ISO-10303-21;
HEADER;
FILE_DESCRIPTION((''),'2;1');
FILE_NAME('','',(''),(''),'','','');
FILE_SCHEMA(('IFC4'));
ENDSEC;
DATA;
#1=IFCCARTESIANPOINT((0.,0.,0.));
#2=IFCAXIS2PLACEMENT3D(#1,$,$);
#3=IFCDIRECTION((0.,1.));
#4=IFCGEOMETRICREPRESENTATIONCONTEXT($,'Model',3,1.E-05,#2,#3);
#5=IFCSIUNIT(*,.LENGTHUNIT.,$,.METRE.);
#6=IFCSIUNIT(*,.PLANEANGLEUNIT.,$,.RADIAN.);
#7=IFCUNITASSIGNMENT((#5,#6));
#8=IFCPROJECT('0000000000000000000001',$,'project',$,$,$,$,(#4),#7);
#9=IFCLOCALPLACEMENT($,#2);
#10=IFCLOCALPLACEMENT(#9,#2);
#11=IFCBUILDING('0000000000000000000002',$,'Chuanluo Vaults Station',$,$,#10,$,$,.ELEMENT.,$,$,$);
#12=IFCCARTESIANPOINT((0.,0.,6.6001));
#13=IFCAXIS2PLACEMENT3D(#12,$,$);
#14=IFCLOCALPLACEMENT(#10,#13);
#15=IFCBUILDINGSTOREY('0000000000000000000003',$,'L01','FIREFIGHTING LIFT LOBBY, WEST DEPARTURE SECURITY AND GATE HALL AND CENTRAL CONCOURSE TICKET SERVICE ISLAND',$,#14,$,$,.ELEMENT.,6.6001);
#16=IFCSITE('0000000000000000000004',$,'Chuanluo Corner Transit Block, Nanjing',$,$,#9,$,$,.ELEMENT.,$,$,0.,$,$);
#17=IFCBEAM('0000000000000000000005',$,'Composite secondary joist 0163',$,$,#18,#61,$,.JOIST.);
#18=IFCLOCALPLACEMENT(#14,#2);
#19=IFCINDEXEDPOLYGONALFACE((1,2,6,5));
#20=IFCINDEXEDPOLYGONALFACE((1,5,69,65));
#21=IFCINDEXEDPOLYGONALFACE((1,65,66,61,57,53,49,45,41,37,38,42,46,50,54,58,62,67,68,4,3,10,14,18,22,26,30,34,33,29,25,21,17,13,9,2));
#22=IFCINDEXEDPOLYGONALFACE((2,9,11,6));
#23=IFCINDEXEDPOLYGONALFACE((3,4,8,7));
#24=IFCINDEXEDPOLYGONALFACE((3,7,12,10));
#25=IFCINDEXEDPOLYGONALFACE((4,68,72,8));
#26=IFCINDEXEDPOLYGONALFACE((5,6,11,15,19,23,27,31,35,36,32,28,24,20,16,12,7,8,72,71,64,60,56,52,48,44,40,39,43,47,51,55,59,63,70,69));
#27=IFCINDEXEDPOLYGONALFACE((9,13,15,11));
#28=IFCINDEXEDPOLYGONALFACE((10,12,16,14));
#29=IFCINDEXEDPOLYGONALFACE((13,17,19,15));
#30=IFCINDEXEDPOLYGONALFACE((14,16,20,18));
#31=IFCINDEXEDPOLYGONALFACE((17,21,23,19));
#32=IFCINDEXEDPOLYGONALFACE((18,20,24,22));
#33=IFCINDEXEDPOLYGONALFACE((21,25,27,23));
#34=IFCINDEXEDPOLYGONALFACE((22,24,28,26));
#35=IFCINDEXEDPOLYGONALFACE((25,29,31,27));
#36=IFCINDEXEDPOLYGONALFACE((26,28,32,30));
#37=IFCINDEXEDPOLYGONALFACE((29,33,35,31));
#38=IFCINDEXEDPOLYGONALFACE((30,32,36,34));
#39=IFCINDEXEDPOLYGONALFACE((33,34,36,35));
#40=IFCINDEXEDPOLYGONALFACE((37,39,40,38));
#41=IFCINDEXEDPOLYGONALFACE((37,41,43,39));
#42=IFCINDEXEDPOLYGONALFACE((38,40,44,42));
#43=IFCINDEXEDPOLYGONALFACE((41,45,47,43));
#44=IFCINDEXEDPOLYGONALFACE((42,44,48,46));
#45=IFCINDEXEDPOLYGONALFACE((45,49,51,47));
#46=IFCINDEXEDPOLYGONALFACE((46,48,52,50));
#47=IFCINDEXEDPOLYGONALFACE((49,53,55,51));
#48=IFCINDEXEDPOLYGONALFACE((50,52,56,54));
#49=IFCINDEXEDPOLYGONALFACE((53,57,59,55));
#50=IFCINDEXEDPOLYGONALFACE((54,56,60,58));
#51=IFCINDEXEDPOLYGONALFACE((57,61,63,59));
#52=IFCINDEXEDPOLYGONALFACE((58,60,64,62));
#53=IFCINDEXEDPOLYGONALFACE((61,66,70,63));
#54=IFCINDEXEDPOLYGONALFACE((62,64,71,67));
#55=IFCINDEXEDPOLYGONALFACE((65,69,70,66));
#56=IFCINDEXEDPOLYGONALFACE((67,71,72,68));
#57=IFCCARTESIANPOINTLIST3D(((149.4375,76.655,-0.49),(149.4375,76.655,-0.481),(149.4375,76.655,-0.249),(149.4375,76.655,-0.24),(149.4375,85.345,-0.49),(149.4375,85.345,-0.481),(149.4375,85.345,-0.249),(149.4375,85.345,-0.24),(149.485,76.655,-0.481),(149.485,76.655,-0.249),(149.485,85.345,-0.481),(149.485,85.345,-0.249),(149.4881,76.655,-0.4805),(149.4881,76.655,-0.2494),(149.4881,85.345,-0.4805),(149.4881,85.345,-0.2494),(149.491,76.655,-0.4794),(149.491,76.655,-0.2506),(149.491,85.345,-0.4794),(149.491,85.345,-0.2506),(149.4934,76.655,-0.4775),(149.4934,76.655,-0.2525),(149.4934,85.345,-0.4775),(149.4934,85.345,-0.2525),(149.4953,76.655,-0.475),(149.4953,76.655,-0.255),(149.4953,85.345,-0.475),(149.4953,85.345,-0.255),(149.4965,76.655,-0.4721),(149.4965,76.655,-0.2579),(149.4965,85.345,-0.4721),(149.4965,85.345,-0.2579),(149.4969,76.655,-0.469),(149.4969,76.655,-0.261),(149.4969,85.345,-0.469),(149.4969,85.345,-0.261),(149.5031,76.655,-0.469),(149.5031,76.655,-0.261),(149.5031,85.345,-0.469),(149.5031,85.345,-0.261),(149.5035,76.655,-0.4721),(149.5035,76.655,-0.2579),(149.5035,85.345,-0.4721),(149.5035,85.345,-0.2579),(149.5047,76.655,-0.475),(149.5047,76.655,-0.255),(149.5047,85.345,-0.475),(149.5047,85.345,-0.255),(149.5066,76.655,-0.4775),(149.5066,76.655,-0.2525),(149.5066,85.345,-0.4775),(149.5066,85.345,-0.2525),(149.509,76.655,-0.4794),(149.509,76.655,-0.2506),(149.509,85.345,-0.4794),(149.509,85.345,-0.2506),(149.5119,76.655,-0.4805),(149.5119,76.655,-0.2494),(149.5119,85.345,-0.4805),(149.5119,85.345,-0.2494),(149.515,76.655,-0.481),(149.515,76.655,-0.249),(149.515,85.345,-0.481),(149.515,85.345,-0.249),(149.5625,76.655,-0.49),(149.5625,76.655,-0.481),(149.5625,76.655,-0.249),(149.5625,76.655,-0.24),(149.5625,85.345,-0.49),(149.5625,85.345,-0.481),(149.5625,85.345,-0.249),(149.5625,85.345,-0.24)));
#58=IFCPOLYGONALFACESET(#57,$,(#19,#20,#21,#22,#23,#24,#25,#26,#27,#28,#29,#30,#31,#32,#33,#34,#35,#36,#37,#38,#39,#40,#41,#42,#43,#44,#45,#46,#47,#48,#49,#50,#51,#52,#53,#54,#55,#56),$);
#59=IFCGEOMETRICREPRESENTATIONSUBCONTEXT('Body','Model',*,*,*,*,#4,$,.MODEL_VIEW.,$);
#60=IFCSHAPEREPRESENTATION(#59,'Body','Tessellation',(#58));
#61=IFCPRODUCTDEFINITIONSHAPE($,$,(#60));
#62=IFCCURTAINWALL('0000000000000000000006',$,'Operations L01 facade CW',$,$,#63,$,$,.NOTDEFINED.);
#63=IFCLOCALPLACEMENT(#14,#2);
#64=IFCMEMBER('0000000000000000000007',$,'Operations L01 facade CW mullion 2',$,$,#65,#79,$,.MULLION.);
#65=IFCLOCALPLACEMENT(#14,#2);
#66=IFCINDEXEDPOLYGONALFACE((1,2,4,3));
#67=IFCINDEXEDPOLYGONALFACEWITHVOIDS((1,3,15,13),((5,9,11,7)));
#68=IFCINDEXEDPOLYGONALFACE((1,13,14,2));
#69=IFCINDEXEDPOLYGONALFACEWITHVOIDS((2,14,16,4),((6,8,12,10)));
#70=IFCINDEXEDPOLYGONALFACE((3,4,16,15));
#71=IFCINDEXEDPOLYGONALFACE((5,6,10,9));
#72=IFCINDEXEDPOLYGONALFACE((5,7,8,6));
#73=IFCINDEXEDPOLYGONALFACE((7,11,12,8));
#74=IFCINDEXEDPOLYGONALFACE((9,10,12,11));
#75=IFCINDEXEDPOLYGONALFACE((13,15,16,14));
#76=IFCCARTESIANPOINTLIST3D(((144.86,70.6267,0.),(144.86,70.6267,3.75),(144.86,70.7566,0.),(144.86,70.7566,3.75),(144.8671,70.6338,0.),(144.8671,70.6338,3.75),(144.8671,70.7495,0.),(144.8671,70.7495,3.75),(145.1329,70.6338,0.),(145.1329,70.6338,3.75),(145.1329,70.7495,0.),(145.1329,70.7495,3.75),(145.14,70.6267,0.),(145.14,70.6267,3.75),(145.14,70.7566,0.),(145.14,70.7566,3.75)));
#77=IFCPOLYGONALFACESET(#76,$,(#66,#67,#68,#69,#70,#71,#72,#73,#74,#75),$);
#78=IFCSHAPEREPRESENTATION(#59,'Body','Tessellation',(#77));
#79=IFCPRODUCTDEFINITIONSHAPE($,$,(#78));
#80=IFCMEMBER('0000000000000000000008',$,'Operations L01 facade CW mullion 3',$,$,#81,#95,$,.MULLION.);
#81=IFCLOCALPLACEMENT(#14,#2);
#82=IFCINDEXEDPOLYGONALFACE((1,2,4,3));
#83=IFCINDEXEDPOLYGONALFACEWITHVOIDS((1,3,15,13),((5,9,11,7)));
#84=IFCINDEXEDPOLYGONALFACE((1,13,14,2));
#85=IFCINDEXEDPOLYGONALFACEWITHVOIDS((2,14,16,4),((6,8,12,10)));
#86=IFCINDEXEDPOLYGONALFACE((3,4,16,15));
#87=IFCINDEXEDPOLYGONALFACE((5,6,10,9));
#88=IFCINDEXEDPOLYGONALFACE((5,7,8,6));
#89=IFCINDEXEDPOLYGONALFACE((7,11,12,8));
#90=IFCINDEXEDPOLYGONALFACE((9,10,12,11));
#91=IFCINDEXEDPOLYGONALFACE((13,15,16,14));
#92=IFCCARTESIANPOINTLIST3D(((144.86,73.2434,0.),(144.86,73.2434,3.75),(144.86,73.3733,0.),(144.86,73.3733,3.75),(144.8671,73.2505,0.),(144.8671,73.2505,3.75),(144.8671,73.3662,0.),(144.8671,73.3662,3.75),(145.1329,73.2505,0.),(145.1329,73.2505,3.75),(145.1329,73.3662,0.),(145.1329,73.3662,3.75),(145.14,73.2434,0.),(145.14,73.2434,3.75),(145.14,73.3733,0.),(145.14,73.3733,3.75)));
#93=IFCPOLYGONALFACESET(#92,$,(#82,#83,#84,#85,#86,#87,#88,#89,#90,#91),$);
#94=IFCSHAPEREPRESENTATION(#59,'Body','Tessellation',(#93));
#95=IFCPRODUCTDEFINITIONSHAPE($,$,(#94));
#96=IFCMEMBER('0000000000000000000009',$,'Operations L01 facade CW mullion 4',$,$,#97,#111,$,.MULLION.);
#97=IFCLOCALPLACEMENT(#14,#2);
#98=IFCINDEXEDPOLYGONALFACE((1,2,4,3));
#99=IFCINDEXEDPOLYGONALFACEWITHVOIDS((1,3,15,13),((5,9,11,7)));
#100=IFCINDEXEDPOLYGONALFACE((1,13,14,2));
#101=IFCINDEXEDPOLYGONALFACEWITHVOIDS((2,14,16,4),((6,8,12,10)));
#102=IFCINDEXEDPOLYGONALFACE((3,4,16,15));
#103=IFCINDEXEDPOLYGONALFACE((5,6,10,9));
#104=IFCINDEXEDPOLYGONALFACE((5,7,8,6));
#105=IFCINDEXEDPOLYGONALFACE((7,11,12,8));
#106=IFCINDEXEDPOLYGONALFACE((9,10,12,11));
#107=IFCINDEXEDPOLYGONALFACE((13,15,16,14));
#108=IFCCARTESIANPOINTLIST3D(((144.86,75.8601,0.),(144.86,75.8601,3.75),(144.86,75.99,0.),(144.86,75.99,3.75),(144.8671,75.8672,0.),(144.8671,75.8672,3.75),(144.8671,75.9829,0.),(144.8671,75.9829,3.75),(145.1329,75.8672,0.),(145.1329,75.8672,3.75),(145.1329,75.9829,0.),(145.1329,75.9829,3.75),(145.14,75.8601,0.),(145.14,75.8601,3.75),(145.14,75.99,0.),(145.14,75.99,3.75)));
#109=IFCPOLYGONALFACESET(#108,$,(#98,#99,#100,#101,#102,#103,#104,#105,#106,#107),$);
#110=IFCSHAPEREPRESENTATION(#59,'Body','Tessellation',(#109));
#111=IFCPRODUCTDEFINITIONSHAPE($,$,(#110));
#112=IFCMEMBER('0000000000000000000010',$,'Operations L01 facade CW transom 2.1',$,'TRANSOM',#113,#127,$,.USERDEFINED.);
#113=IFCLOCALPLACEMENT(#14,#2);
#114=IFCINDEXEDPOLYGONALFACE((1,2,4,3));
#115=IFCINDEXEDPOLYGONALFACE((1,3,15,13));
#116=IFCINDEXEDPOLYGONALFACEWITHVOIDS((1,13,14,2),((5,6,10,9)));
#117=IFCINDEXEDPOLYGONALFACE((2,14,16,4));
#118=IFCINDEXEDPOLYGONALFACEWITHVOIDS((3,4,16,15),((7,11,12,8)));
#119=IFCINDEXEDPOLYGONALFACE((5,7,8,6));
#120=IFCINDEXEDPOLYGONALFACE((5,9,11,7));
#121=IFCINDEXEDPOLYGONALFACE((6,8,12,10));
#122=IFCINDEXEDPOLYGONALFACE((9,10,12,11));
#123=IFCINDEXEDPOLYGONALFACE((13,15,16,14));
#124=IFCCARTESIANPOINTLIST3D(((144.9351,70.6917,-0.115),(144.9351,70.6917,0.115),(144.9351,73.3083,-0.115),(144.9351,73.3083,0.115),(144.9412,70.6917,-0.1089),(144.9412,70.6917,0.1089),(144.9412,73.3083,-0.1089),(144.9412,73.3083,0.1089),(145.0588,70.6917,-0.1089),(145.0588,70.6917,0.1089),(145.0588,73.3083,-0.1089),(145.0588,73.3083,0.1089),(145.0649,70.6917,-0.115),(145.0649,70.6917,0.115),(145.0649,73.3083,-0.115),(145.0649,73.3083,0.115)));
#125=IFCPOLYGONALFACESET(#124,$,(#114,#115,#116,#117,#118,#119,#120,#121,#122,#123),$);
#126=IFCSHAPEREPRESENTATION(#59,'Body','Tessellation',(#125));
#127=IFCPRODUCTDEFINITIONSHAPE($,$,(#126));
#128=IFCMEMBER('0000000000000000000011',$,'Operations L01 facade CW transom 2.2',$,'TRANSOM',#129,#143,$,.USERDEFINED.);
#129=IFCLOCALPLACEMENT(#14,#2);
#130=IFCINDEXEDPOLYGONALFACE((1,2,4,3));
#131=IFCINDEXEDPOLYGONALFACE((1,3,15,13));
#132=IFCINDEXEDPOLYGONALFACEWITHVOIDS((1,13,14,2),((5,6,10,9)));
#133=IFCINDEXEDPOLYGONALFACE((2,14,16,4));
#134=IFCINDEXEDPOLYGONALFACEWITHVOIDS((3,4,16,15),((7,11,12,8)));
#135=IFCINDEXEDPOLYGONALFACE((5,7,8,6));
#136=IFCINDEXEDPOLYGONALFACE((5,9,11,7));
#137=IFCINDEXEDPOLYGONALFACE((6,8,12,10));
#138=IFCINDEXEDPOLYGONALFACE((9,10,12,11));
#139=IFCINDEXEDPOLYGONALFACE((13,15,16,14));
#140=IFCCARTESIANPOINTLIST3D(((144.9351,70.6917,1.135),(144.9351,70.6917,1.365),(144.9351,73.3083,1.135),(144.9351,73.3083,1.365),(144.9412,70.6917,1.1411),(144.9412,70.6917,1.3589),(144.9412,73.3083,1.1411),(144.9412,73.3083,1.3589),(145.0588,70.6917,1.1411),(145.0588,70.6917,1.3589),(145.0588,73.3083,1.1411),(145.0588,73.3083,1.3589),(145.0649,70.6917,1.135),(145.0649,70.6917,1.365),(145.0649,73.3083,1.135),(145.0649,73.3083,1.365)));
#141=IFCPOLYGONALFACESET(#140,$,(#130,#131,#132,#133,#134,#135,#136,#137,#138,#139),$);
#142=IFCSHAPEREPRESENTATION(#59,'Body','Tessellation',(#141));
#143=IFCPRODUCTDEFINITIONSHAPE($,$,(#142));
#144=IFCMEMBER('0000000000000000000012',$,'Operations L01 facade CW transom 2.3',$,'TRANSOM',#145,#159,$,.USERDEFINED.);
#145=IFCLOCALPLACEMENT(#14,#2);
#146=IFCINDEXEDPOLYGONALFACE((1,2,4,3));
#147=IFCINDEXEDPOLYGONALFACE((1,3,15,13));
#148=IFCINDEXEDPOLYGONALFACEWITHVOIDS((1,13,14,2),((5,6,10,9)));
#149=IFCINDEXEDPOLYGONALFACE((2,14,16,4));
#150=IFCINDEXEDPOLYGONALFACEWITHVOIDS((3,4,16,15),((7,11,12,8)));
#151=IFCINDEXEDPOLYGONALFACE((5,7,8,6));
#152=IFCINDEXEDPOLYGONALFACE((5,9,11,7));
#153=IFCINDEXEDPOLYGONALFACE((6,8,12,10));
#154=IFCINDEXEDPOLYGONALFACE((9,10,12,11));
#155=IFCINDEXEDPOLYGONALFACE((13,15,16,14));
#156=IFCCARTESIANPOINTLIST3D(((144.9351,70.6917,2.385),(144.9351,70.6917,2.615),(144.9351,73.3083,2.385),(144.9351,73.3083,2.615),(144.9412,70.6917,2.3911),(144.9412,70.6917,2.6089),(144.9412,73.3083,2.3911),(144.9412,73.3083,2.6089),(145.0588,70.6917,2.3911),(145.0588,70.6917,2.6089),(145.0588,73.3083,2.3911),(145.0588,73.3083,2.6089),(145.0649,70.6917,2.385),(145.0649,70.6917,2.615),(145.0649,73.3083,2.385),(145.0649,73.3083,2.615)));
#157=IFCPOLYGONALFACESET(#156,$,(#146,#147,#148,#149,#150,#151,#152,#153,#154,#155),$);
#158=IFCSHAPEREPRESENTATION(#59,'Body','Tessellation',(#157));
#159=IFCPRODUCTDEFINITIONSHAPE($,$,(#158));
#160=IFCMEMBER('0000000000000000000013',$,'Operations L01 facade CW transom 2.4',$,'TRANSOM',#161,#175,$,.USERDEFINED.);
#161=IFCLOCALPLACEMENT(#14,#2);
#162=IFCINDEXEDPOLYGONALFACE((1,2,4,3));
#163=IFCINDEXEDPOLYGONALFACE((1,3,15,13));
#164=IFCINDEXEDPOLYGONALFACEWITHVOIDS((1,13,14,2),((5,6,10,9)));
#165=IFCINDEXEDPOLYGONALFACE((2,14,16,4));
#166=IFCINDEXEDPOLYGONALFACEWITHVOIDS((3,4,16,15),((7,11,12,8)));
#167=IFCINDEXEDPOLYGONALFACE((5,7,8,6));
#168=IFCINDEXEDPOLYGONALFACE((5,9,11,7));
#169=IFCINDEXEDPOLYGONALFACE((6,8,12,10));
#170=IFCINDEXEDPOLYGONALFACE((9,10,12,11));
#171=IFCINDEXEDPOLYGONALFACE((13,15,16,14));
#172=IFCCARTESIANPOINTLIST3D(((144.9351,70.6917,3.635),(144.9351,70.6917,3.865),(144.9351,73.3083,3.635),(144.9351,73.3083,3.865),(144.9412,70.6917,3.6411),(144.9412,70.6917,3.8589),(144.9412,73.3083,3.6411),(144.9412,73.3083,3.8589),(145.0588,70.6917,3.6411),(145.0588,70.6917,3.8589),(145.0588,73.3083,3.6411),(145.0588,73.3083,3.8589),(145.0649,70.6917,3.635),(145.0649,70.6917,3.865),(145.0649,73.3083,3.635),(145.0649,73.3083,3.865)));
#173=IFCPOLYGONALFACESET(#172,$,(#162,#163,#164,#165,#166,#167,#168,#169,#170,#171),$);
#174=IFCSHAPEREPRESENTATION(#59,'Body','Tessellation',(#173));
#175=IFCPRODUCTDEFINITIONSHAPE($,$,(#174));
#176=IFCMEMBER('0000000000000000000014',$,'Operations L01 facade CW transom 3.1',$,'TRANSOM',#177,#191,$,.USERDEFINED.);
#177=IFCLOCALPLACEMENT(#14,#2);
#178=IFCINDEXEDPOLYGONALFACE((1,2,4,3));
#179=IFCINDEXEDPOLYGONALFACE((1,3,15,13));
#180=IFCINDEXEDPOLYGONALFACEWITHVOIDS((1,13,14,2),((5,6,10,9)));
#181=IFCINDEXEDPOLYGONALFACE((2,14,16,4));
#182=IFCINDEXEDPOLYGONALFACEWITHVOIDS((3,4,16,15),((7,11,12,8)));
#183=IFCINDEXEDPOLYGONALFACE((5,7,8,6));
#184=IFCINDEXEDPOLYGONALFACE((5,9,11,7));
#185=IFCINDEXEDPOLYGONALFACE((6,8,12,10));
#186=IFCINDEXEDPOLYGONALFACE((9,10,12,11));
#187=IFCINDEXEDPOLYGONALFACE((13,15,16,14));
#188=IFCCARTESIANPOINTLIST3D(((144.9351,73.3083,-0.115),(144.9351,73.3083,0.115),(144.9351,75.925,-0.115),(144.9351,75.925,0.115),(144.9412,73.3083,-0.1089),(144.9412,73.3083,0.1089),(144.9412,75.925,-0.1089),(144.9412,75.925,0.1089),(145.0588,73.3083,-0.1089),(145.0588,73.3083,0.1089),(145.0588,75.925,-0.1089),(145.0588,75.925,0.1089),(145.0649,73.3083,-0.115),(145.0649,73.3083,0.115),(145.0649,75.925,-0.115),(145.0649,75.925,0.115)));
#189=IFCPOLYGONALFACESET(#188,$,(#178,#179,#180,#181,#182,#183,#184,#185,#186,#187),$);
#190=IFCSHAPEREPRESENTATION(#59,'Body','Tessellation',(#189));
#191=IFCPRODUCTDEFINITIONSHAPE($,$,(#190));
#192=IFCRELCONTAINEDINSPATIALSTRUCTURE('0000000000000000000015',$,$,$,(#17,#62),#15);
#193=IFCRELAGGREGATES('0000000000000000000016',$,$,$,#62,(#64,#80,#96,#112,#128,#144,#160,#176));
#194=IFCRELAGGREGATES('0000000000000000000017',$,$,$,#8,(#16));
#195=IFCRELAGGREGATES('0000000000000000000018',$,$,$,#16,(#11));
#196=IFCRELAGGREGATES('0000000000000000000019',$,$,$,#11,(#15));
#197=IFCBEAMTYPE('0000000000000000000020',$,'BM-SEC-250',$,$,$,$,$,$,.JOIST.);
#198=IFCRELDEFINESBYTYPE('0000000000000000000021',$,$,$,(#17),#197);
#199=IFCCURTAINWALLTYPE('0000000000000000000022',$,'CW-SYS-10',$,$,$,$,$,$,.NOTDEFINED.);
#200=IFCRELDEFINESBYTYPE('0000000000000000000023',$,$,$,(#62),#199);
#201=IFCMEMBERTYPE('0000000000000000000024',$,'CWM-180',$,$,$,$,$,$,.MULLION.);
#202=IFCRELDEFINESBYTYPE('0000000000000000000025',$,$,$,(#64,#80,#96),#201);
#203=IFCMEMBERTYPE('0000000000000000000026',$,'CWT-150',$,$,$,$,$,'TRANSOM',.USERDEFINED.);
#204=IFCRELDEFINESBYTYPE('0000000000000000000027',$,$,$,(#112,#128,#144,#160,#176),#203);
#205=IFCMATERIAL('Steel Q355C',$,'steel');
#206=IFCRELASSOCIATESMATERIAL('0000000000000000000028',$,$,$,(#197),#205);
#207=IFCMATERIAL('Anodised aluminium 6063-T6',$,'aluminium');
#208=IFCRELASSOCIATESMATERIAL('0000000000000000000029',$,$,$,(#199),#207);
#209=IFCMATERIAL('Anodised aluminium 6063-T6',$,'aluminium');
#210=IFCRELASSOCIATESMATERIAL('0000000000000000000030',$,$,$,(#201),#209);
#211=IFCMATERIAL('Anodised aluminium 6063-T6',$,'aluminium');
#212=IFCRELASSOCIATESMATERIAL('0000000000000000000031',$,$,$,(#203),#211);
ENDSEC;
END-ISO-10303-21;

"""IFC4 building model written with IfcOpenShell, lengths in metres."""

from ifc_helpers import new_model, si_unit, direction, frame, origin, origin_2d, place, context, subcontext, project, spatial, hollow_rectangle, i_section, extrude, material, material_profile, profile_set, type_object, element, aggregate, save


model = new_model("IFC4")

# Units and contexts
model_context = context("Model", 3, precision=1e-05, world=origin(), true_north=direction((0.0, 1.0)))
body_context = subcontext(model_context, "Body", "Model", "MODEL_VIEW")
ifc_project = project(units=[si_unit("LENGTHUNIT", "METRE"), si_unit("PLANEANGLEUNIT", "RADIAN")], contexts=[model_context])

# Site, building, storey
site_placement = place(None, origin())
site = spatial("IfcSite", under=ifc_project, at=site_placement, Name="Chuanluo Corner Transit Block, Nanjing", CompositionType="ELEMENT", RefElevation=0.0)
building_placement = place(site_placement, origin())
building = spatial("IfcBuilding", under=site, at=building_placement, Name="Chuanluo Vaults Station", CompositionType="ELEMENT")
storey_placement = place(building_placement, frame((0.0, 0.0, 6.6001)))
storey = spatial("IfcBuildingStorey", under=building, at=storey_placement, Name="L01", Description="FIREFIGHTING LIFT LOBBY, WEST DEPARTURE SECURITY AND GATE HALL AND CENTRAL CONCOURSE TICKET SERVICE ISLAND", CompositionType="ELEMENT", Elevation=6.6001)

# Beam
ifc_material_1 = material(Name="Steel Q355C", Category="steel")
ifc_material_profile_1 = material_profile(ifc_material_1, i_section(OverallWidth=0.125, OverallDepth=0.25, WebThickness=0.0061, FlangeThickness=0.009, FilletRadius=0.012, at=origin_2d()))
ifc_profile_set_1 = profile_set([ifc_material_profile_1], Name="Steel Q355C")
beam_type_1 = type_object("IfcBeamType", Name="BM-SEC-250", PredefinedType="JOIST", material=ifc_profile_set_1)
for number, where, z_axis, x_axis, name in (
    (1, (149.5, 76.655, -0.365), (0.0, 1.0, 0.0), (-1.0, 0.0, 0.0), "Composite secondary joist 0163"),
):
    element("IfcBeam", number, at=place(storey_placement, frame(where, z_axis=z_axis, x_axis=x_axis)), inside=storey, type_object=beam_type_1, Name=name, PredefinedType="JOIST", context=body_context, shape_type="SweptSolid", body=[
        extrude(i_section(OverallWidth=0.125, OverallDepth=0.25, WebThickness=0.0061, FlangeThickness=0.009, FilletRadius=0.012, at=origin_2d()), origin(), (0.0, 0.0, 1.0), 8.6899),
    ])

# Curtain wall, members
ifc_material_2 = material(Name="Anodised aluminium 6063-T6", Category="aluminium")
curtain_wall_type = type_object("IfcCurtainWallType", Name="CW-SYS-10", PredefinedType="NOTDEFINED", material=ifc_material_2)
curtain_wall_placement = place(storey_placement, origin())
curtain_wall = element("IfcCurtainWall", 2, at=curtain_wall_placement, inside=storey, type_object=curtain_wall_type, Name="Operations L01 facade CW", PredefinedType="NOTDEFINED")
ifc_material_3 = material(Name="Anodised aluminium 6063-T6", Category="aluminium")
ifc_material_profile_2 = material_profile(ifc_material_3, hollow_rectangle(XDim=0.1299, YDim=0.28, WallThickness=0.0071, at=origin_2d()))
ifc_profile_set_2 = profile_set([ifc_material_profile_2], Name="Anodised aluminium 6063-T6")
member_type_1 = type_object("IfcMemberType", Name="CWM-180", PredefinedType="MULLION", material=ifc_profile_set_2)
member_1_placement = place(storey_placement, frame((145.0, 70.6917, 0.0), z_axis=(0.0, 0.0, 1.0), x_axis=(0.0, 1.0, 0.0)))
member_1 = element("IfcMember", 3, at=member_1_placement, type_object=member_type_1, Name="Operations L01 facade CW mullion 2", PredefinedType="MULLION", context=body_context, shape_type="SweptSolid", body=[
    extrude(hollow_rectangle(XDim=0.1299, YDim=0.28, WallThickness=0.0071, at=origin_2d()), origin(), (0.0, 0.0, 1.0), 3.75),
])
member_2_placement = place(storey_placement, frame((145.0, 73.3083, 0.0), z_axis=(0.0, 0.0, 1.0), x_axis=(0.0, 1.0, 0.0)))
member_2 = element("IfcMember", 4, at=member_2_placement, type_object=member_type_1, Name="Operations L01 facade CW mullion 3", PredefinedType="MULLION", context=body_context, shape_type="SweptSolid", body=[
    extrude(hollow_rectangle(XDim=0.1299, YDim=0.28, WallThickness=0.0071, at=origin_2d()), origin(), (0.0, 0.0, 1.0), 3.75),
])
member_3_placement = place(storey_placement, frame((145.0, 75.925, 0.0), z_axis=(0.0, 0.0, 1.0), x_axis=(0.0, 1.0, 0.0)))
member_3 = element("IfcMember", 5, at=member_3_placement, type_object=member_type_1, Name="Operations L01 facade CW mullion 4", PredefinedType="MULLION", context=body_context, shape_type="SweptSolid", body=[
    extrude(hollow_rectangle(XDim=0.1299, YDim=0.28, WallThickness=0.0071, at=origin_2d()), origin(), (0.0, 0.0, 1.0), 3.75),
])
ifc_material_4 = material(Name="Anodised aluminium 6063-T6", Category="aluminium")
ifc_material_profile_3 = material_profile(ifc_material_4, hollow_rectangle(XDim=0.1299, YDim=0.23, WallThickness=0.0061, at=origin_2d()))
ifc_profile_set_3 = profile_set([ifc_material_profile_3], Name="Anodised aluminium 6063-T6")
member_type_2 = type_object("IfcMemberType", Name="CWT-150", ElementType="TRANSOM", PredefinedType="USERDEFINED", material=ifc_profile_set_3)
member_4_placement = place(storey_placement, frame((145.0, 70.6917, 0.0), z_axis=(0.0, 1.0, 0.0), x_axis=(-1.0, 0.0, 0.0)))
member_4 = element("IfcMember", 6, at=member_4_placement, type_object=member_type_2, Name="Operations L01 facade CW transom 2.1", ObjectType="TRANSOM", PredefinedType="USERDEFINED", context=body_context, shape_type="SweptSolid", body=[
    extrude(hollow_rectangle(XDim=0.1299, YDim=0.23, WallThickness=0.0061, at=origin_2d()), origin(), (0.0, 0.0, 1.0), 2.6167),
])
member_5_placement = place(storey_placement, frame((145.0, 70.6917, 1.25), z_axis=(0.0, 1.0, 0.0), x_axis=(-1.0, 0.0, 0.0)))
member_5 = element("IfcMember", 7, at=member_5_placement, type_object=member_type_2, Name="Operations L01 facade CW transom 2.2", ObjectType="TRANSOM", PredefinedType="USERDEFINED", context=body_context, shape_type="SweptSolid", body=[
    extrude(hollow_rectangle(XDim=0.1299, YDim=0.23, WallThickness=0.0061, at=origin_2d()), origin(), (0.0, 0.0, 1.0), 2.6167),
])
member_6_placement = place(storey_placement, frame((145.0, 70.6917, 2.5), z_axis=(0.0, 1.0, 0.0), x_axis=(-1.0, 0.0, 0.0)))
member_6 = element("IfcMember", 8, at=member_6_placement, type_object=member_type_2, Name="Operations L01 facade CW transom 2.3", ObjectType="TRANSOM", PredefinedType="USERDEFINED", context=body_context, shape_type="SweptSolid", body=[
    extrude(hollow_rectangle(XDim=0.1299, YDim=0.23, WallThickness=0.0061, at=origin_2d()), origin(), (0.0, 0.0, 1.0), 2.6167),
])
member_7_placement = place(storey_placement, frame((145.0, 70.6917, 3.75), z_axis=(0.0, 1.0, 0.0), x_axis=(-1.0, 0.0, 0.0)))
member_7 = element("IfcMember", 9, at=member_7_placement, type_object=member_type_2, Name="Operations L01 facade CW transom 2.4", ObjectType="TRANSOM", PredefinedType="USERDEFINED", context=body_context, shape_type="SweptSolid", body=[
    extrude(hollow_rectangle(XDim=0.1299, YDim=0.23, WallThickness=0.0061, at=origin_2d()), origin(), (0.0, 0.0, 1.0), 2.6167),
])
member_8_placement = place(storey_placement, frame((145.0, 73.3083, 0.0), z_axis=(0.0, 1.0, 0.0), x_axis=(-1.0, 0.0, 0.0)))
member_8 = element("IfcMember", 10, at=member_8_placement, type_object=member_type_2, Name="Operations L01 facade CW transom 3.1", ObjectType="TRANSOM", PredefinedType="USERDEFINED", context=body_context, shape_type="SweptSolid", body=[
    extrude(hollow_rectangle(XDim=0.1299, YDim=0.23, WallThickness=0.0061, at=origin_2d()), origin(), (0.0, 0.0, 1.0), 2.6167),
])
aggregate(curtain_wall, [member_1, member_2, member_3, member_4, member_5, member_6, member_7, member_8])

save(model, "model.ifc")
